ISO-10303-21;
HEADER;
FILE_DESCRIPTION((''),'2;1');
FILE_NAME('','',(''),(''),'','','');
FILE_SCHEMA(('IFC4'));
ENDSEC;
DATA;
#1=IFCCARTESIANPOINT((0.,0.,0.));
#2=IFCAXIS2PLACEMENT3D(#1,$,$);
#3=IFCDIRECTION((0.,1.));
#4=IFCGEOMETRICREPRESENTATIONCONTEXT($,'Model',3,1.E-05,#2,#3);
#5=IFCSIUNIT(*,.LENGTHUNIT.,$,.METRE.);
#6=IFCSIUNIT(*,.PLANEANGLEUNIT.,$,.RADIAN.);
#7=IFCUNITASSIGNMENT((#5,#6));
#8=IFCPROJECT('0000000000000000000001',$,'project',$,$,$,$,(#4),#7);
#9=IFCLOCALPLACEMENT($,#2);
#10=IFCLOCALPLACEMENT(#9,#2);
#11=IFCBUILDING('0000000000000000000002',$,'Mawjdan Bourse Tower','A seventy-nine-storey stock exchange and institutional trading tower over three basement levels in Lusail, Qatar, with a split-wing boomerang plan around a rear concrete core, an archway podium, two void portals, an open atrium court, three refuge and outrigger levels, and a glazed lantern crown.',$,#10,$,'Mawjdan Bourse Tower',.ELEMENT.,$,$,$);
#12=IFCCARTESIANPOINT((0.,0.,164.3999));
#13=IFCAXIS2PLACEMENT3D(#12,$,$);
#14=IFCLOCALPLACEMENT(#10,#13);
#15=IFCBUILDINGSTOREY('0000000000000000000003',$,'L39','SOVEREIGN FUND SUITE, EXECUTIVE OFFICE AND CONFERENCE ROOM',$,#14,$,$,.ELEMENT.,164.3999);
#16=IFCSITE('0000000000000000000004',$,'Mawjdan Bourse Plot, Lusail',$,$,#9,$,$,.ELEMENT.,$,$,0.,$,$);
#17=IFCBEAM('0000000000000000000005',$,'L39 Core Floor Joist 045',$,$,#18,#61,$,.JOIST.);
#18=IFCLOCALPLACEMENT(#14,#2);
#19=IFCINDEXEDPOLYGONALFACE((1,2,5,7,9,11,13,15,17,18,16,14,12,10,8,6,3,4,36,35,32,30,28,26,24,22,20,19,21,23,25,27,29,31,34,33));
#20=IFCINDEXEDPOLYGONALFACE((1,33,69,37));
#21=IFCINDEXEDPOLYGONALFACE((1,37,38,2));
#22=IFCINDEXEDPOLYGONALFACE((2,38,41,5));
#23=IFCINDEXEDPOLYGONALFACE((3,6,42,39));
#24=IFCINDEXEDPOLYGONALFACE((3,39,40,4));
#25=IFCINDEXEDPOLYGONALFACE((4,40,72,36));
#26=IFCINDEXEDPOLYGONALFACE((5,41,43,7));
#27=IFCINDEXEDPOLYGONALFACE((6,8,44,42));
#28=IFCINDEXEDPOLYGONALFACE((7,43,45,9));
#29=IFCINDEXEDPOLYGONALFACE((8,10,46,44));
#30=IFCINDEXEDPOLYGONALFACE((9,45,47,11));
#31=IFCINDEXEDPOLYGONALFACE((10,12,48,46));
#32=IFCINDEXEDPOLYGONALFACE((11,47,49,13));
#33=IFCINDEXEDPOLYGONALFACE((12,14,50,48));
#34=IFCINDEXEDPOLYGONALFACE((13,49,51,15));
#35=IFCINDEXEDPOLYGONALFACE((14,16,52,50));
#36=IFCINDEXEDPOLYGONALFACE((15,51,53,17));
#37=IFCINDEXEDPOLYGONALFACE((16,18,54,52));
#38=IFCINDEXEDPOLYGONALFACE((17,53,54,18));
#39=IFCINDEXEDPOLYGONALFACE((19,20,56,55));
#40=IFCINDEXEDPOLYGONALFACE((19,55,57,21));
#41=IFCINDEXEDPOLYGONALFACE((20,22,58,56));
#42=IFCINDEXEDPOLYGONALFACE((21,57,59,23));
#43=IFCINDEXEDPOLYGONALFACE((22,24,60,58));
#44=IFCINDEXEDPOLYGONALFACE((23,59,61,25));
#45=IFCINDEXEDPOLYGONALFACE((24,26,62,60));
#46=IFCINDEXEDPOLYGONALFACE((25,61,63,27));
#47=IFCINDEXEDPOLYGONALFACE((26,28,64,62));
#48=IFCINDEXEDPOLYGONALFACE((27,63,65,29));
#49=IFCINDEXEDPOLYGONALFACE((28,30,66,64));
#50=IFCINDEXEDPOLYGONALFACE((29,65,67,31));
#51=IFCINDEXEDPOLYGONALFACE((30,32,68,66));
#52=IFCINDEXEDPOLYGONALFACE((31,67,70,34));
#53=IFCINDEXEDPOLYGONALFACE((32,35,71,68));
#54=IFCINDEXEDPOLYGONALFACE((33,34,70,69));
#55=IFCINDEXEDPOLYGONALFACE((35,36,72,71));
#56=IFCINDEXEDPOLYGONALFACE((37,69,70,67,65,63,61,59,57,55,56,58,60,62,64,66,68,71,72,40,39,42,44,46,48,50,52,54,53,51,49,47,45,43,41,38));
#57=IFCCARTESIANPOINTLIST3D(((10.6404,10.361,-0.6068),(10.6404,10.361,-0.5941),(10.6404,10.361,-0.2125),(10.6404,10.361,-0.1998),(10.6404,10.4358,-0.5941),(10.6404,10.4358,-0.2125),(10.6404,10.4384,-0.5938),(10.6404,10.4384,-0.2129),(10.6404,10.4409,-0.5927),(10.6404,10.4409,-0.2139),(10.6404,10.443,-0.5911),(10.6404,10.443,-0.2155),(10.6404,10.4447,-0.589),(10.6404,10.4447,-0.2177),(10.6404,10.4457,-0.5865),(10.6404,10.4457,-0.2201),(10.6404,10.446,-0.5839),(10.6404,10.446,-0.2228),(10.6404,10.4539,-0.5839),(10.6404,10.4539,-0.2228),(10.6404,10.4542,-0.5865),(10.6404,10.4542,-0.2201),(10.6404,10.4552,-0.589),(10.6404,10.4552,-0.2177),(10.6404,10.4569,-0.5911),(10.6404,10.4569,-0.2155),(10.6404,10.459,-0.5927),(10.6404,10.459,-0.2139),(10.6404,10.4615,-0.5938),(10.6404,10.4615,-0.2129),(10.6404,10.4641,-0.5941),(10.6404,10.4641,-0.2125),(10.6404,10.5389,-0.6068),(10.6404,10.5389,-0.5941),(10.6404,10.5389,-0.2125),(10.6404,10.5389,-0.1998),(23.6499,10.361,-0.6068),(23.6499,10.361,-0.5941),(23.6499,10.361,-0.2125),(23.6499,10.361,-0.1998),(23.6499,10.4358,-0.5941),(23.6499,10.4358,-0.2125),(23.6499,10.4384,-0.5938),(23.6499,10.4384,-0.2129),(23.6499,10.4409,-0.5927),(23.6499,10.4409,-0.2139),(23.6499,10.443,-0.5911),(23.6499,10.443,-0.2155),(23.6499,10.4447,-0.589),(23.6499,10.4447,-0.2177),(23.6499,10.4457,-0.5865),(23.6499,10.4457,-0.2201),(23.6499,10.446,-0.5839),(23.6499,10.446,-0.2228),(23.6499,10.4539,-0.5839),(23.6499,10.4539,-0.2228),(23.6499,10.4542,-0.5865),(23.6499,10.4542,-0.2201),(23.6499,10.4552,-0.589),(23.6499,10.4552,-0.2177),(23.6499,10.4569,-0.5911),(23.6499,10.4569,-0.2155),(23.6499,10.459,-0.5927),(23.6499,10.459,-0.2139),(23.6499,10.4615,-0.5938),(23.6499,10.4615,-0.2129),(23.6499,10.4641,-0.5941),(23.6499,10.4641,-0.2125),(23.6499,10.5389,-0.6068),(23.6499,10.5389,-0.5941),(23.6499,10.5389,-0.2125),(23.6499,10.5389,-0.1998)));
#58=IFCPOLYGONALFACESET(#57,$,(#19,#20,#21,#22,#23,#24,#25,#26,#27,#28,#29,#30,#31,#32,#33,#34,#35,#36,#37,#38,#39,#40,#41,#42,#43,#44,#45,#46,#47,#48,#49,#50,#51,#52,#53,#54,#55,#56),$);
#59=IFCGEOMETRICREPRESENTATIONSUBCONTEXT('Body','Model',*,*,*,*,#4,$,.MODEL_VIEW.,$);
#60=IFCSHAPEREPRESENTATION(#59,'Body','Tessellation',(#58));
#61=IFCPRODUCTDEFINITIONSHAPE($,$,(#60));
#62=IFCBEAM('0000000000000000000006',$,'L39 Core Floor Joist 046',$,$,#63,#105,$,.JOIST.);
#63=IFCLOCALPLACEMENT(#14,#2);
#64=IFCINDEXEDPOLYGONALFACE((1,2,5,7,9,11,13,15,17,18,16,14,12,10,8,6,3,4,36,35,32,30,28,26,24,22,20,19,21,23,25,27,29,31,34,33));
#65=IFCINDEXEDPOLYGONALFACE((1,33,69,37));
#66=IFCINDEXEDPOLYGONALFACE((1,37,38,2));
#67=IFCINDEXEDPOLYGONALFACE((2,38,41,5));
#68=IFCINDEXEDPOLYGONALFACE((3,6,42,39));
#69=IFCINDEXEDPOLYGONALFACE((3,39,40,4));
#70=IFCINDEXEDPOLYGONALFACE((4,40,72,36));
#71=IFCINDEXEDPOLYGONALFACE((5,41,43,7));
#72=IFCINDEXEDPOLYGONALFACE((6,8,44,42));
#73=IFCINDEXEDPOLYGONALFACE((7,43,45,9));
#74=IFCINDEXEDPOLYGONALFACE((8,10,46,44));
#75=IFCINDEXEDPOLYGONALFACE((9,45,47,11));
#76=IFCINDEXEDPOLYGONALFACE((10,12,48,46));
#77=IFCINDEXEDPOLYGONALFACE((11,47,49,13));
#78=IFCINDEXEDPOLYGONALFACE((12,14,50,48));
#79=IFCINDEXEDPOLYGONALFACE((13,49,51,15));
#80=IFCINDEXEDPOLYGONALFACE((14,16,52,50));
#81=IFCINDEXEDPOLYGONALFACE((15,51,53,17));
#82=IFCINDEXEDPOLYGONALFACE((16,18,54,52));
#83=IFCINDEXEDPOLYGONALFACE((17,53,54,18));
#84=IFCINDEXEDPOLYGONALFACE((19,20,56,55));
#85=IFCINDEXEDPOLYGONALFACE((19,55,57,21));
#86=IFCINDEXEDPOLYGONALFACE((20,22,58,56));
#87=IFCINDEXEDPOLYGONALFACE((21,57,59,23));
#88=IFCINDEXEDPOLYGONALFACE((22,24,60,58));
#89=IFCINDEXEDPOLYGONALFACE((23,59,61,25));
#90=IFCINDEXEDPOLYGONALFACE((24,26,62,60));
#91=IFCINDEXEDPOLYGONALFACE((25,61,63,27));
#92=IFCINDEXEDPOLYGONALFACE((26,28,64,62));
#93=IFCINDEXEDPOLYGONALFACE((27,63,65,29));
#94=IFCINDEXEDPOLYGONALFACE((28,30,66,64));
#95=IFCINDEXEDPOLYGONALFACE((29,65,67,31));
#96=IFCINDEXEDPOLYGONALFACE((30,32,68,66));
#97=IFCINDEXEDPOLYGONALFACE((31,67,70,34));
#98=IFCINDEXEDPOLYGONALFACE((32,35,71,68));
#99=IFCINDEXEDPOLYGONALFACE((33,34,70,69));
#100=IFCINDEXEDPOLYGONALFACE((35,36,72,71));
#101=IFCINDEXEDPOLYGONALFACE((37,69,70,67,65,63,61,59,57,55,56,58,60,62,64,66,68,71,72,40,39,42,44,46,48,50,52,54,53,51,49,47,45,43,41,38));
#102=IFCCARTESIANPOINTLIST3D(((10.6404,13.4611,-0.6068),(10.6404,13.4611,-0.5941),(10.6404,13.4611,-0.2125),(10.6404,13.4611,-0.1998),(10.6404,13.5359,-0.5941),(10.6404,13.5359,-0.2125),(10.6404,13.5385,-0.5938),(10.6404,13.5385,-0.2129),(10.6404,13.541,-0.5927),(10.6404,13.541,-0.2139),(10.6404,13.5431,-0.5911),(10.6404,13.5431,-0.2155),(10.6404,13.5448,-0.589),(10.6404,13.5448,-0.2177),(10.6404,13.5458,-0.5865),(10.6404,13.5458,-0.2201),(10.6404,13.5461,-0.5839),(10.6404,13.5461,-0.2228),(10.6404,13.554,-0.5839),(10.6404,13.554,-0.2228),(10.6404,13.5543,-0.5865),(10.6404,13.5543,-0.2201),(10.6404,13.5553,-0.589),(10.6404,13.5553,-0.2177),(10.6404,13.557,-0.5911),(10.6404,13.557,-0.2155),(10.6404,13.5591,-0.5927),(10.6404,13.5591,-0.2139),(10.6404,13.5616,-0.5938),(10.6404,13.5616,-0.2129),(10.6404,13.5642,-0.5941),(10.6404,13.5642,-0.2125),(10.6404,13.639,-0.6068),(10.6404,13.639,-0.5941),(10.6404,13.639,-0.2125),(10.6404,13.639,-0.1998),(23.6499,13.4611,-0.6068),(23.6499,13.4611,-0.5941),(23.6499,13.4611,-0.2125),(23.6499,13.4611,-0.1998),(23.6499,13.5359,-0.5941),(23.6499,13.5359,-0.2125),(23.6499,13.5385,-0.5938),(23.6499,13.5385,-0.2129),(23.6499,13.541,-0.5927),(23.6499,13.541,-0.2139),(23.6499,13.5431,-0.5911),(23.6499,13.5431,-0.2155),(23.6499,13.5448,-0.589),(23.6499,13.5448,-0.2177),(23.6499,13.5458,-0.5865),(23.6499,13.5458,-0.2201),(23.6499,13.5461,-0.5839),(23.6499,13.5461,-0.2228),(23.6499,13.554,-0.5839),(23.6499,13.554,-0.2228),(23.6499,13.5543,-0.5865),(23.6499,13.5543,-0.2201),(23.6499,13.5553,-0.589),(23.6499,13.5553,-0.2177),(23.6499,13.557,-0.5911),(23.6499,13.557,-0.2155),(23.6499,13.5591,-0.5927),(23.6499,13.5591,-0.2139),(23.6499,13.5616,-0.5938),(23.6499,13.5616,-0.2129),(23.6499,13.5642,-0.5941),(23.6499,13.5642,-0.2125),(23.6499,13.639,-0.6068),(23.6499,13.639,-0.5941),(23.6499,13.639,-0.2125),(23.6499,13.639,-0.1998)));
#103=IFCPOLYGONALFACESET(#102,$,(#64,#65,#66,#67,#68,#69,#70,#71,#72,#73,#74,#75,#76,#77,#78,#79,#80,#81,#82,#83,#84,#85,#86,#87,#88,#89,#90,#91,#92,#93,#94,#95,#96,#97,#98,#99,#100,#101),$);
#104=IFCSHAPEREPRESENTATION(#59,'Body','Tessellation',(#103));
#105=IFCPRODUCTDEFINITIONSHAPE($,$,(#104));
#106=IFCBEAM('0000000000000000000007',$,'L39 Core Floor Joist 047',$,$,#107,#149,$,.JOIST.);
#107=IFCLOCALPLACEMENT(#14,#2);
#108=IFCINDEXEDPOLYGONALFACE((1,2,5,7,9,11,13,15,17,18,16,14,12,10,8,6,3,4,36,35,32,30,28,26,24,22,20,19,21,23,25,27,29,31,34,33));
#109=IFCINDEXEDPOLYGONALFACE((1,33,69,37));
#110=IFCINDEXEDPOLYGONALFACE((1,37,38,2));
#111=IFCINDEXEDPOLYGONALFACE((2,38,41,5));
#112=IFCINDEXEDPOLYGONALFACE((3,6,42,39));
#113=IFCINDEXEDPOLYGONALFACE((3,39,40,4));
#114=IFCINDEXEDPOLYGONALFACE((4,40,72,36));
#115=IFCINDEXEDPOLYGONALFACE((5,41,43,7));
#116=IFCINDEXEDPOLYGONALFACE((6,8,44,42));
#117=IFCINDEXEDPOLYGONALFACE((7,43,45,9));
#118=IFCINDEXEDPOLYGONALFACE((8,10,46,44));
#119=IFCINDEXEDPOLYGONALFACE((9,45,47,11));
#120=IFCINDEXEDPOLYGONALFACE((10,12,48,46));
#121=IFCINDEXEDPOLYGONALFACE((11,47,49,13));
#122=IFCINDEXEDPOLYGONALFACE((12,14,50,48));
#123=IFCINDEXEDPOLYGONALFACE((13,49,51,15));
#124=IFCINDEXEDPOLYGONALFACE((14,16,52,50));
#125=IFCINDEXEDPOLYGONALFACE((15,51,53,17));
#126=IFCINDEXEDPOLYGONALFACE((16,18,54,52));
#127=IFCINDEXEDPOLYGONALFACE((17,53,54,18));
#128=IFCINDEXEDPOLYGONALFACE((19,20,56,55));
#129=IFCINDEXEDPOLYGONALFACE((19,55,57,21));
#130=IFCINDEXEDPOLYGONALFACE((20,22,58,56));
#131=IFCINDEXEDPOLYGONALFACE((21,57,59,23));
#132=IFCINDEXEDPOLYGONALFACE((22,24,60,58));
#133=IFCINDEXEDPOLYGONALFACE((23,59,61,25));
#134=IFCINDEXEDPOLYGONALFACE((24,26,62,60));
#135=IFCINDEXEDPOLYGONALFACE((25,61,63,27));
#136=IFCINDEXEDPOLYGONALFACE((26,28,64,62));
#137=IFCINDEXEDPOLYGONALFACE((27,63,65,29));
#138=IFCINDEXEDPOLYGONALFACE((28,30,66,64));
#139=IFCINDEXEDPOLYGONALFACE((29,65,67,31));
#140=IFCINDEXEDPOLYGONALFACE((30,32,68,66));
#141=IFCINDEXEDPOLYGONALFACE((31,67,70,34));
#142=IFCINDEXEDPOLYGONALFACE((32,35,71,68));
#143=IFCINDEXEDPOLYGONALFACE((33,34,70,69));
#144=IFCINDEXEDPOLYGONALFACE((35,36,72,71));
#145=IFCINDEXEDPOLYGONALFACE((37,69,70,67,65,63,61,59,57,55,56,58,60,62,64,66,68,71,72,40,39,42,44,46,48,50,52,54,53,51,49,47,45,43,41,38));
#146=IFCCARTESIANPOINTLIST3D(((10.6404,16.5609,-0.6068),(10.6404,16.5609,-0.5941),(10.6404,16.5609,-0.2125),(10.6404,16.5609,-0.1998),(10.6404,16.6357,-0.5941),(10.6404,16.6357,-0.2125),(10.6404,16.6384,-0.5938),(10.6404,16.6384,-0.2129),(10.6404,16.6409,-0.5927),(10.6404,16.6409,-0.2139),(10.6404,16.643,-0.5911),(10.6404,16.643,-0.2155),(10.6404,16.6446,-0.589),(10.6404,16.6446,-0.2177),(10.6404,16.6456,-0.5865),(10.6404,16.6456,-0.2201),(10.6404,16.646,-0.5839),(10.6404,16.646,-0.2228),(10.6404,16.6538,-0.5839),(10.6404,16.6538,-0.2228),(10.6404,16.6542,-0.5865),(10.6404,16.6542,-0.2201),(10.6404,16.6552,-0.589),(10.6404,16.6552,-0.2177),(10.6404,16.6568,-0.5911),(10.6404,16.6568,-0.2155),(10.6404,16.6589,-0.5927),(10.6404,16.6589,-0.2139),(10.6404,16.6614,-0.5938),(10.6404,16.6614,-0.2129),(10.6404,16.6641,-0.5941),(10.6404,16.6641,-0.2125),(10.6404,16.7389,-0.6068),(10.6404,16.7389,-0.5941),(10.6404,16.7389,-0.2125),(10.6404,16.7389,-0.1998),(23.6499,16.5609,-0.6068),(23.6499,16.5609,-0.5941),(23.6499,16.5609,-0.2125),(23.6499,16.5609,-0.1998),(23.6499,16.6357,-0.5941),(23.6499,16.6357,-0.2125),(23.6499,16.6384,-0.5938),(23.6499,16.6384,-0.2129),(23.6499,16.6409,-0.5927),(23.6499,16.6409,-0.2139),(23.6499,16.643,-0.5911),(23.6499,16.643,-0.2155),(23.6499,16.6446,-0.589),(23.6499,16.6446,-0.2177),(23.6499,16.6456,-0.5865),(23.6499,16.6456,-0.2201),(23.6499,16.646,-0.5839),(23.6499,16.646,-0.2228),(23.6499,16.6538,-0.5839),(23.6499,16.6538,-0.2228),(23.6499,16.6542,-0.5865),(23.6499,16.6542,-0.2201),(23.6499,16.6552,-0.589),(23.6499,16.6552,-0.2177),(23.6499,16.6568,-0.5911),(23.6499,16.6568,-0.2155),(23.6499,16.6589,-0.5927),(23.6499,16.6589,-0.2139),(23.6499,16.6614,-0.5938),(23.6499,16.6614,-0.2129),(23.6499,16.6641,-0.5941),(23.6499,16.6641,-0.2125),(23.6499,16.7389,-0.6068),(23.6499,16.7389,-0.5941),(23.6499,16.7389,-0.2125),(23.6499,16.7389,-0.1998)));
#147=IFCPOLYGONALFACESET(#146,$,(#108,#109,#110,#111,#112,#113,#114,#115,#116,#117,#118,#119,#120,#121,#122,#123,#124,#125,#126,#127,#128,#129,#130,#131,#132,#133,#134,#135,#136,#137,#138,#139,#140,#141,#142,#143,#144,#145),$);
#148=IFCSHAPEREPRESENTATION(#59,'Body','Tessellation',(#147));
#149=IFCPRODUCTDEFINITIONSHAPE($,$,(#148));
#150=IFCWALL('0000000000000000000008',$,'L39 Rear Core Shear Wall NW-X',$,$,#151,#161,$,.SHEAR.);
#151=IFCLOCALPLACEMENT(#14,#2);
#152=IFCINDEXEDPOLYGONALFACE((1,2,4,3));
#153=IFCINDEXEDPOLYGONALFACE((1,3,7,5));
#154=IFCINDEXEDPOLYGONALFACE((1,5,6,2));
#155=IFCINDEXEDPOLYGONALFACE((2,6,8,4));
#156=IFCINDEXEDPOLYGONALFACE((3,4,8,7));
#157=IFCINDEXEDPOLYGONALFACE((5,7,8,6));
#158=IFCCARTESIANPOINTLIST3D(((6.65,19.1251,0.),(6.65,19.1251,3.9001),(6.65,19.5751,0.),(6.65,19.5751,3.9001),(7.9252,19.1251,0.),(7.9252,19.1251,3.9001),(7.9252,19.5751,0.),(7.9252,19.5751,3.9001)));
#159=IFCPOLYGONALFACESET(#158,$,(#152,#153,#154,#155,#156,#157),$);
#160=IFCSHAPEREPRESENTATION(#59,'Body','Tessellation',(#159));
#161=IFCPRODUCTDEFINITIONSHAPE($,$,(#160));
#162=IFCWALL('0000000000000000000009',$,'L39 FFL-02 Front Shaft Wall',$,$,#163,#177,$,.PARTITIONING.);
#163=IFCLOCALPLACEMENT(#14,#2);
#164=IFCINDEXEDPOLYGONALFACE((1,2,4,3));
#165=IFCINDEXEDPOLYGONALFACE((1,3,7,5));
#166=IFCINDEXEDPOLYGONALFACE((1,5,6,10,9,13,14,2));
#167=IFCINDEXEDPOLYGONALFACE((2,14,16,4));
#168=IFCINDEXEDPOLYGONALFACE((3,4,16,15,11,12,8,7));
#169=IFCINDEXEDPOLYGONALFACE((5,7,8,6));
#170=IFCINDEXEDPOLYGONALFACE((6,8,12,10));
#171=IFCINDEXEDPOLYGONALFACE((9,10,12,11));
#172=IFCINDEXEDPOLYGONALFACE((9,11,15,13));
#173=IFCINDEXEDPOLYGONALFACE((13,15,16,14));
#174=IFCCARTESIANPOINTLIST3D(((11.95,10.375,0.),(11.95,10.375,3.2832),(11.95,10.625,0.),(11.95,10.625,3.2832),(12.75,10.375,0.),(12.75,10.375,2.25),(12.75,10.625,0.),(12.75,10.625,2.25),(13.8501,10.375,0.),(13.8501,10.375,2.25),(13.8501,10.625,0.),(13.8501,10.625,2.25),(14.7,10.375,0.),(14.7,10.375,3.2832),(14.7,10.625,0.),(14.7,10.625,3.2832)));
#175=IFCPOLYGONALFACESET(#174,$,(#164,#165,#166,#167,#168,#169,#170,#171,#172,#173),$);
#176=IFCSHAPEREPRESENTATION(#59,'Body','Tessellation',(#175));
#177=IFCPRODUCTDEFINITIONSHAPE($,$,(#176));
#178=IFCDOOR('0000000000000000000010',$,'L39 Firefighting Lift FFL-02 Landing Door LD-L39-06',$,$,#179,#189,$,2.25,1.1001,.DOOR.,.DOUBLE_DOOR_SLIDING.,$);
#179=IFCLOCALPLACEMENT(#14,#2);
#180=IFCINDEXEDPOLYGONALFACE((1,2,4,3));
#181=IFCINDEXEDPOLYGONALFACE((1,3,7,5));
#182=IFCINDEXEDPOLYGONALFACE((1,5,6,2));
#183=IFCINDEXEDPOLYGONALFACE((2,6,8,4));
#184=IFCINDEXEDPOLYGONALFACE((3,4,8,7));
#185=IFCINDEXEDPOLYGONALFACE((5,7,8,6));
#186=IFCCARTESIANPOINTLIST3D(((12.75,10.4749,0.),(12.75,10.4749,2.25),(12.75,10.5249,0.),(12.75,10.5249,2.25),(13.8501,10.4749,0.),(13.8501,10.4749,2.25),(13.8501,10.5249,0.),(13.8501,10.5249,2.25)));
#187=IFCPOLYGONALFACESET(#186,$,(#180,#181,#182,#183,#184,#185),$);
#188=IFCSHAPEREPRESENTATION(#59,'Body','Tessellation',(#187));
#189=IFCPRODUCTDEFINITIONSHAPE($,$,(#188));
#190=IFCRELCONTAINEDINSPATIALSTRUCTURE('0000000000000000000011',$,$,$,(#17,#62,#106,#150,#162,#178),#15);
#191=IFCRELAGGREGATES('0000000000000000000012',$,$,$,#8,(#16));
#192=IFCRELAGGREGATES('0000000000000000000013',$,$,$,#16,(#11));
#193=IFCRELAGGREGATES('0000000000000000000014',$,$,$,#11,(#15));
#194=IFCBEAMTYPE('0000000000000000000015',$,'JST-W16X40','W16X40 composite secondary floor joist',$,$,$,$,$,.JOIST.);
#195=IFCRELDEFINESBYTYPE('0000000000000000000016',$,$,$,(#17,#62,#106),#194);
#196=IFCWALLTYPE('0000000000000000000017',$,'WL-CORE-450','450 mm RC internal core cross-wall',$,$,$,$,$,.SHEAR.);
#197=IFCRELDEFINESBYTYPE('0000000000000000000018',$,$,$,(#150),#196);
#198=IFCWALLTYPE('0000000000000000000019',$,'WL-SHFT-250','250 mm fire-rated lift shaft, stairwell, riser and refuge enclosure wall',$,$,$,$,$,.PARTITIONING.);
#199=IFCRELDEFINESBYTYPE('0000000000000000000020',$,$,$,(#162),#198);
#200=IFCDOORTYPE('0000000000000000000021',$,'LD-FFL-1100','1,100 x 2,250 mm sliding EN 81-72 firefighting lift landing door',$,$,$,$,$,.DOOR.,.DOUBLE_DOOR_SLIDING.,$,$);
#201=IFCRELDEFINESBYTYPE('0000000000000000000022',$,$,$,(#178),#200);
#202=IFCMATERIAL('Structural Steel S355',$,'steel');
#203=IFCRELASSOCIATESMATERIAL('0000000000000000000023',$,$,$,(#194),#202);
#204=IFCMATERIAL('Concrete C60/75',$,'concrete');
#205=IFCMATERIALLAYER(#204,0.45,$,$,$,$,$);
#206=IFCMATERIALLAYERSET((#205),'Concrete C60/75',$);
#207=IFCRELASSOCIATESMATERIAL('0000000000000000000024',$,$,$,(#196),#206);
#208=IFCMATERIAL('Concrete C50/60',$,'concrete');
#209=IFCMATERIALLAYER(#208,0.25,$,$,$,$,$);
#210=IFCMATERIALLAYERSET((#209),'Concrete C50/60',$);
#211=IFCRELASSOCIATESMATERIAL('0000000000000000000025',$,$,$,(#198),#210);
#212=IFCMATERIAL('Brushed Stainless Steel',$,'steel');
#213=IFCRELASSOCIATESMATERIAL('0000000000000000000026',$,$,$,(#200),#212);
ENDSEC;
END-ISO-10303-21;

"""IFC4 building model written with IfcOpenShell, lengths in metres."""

from ifc_helpers import new_model, si_unit, direction, frame, frame_2d, origin, origin_2d, place, context, subcontext, project, spatial, rectangle, i_section, extrude, material, layer, layer_set, material_profile, profile_set, type_object, element, fill, save


model = new_model("IFC4")

# Units and contexts
model_context = context("Model", 3, precision=1e-05, world=origin(), true_north=direction((0.0, 1.0)))
body_context = subcontext(model_context, "Body", "Model", "MODEL_VIEW")
ifc_project = project(units=[si_unit("LENGTHUNIT", "METRE"), si_unit("PLANEANGLEUNIT", "RADIAN")], contexts=[model_context])

# Site, building, storey
site_placement = place(None, origin())
site = spatial("IfcSite", under=ifc_project, at=site_placement, Name="Mawjdan Bourse Plot, Lusail", CompositionType="ELEMENT", RefElevation=0.0)
building_placement = place(site_placement, origin())
building = spatial("IfcBuilding", under=site, at=building_placement, Name="Mawjdan Bourse Tower", Description="A seventy-nine-storey stock exchange and institutional trading tower over three basement levels in Lusail, Qatar, with a split-wing boomerang plan around a rear concrete core, an archway podium, two void portals, an open atrium court, three refuge and outrigger levels, and a glazed lantern crown.", LongName="Mawjdan Bourse Tower", CompositionType="ELEMENT")
storey_placement = place(building_placement, frame((0.0, 0.0, 164.3999)))
storey = spatial("IfcBuildingStorey", under=building, at=storey_placement, Name="L39", Description="SOVEREIGN FUND SUITE, EXECUTIVE OFFICE AND CONFERENCE ROOM", CompositionType="ELEMENT", Elevation=164.3999)

# Beams
ifc_material_1 = material(Name="Structural Steel S355", Category="steel")
ifc_material_profile = material_profile(ifc_material_1, i_section(OverallWidth=0.178, OverallDepth=0.407, WebThickness=0.0078, FlangeThickness=0.0127, FilletRadius=0.0103, at=origin_2d()), Name="W16X40")
ifc_profile_set = profile_set([ifc_material_profile], Name="Structural Steel S355")
beam_type = type_object("IfcBeamType", Name="JST-W16X40", Description="W16X40 composite secondary floor joist", PredefinedType="JOIST", material=ifc_profile_set)
for number, where, z_axis, x_axis, name in (
    (1, (10.6404, 10.45, -0.4033), (1.0, 0.0, 0.0), (0.0, 1.0, 0.0), "L39 Core Floor Joist 045"),
    (2, (10.6404, 13.55, -0.4033), (1.0, 0.0, 0.0), (0.0, 1.0, 0.0), "L39 Core Floor Joist 046"),
    (3, (10.6404, 16.6499, -0.4033), (1.0, 0.0, 0.0), (0.0, 1.0, 0.0), "L39 Core Floor Joist 047"),
):
    element("IfcBeam", number, at=place(storey_placement, frame(where, z_axis=z_axis, x_axis=x_axis)), inside=storey, type_object=beam_type, Name=name, PredefinedType="JOIST", context=body_context, shape_type="SweptSolid", body=[
        extrude(i_section(OverallWidth=0.178, OverallDepth=0.407, WebThickness=0.0078, FlangeThickness=0.0127, FilletRadius=0.0103, at=origin_2d()), origin(), (0.0, 0.0, 1.0), 13.0095),
    ])

# Wall
ifc_material_2 = material(Name="Concrete C60/75", Category="concrete")
ifc_layer_1 = layer(ifc_material_2, 0.45)
ifc_layer_set_1 = layer_set([ifc_layer_1], Name="Concrete C60/75")
wall_type_1 = type_object("IfcWallType", Name="WL-CORE-450", Description="450 mm RC internal core cross-wall", PredefinedType="SHEAR", material=ifc_layer_set_1)
wall_1_placement = place(storey_placement, frame((6.6499, 19.3501, 0.0), z_axis=(0.0, 0.0, 1.0), x_axis=(1.0, 0.0, 0.0)))
element("IfcWall", 4, at=wall_1_placement, inside=storey, type_object=wall_type_1, Name="L39 Rear Core Shear Wall NW-X", PredefinedType="SHEAR", context=body_context, shape_type="SweptSolid", body=[
    extrude(rectangle(XDim=1.2751, YDim=0.45, at=frame_2d((0.6377, 0.0))), origin(), (0.0, 0.0, 1.0), 3.9001),
])

# Wall, opening, door
ifc_material_3 = material(Name="Concrete C50/60", Category="concrete")
ifc_layer_2 = layer(ifc_material_3, 0.25)
ifc_layer_set_2 = layer_set([ifc_layer_2], Name="Concrete C50/60")
wall_type_2 = type_object("IfcWallType", Name="WL-SHFT-250", Description="250 mm fire-rated lift shaft, stairwell, riser and refuge enclosure wall", PredefinedType="PARTITIONING", material=ifc_layer_set_2)
wall_2_placement = place(storey_placement, frame((11.95, 10.5, 0.0), z_axis=(0.0, 0.0, 1.0), x_axis=(1.0, 0.0, 0.0)))
wall_2 = element("IfcWall", 5, at=wall_2_placement, inside=storey, type_object=wall_type_2, Name="L39 FFL-02 Front Shaft Wall", PredefinedType="PARTITIONING", context=body_context, shape_type="SweptSolid", body=[
    extrude(rectangle(XDim=2.75, YDim=0.25, at=frame_2d((1.375, 0.0))), origin(), (0.0, 0.0, 1.0), 3.2832),
])
opening_1_placement = place(wall_2_placement, frame((0.8, 0.0, 0.0)))
opening_1 = element("IfcOpeningElement", 6, at=opening_1_placement, cuts=wall_2, PredefinedType="OPENING", context=body_context, shape_type="SweptSolid", body=[
    extrude(rectangle(XDim=1.1001, YDim=2.25, at=frame_2d((0.55, 1.125))), frame((0.0, 0.135, 0.0), z_axis=(0.0, -1.0, 0.0), x_axis=(1.0, 0.0, 0.0)), (0.0, 0.0, 1.0), 0.27),
])
ifc_material_4 = material(Name="Brushed Stainless Steel", Category="steel")
door_type_1 = type_object("IfcDoorType", Name="LD-FFL-1100", Description="1,100 x 2,250 mm sliding EN 81-72 firefighting lift landing door", OperationType="DOUBLE_DOOR_SLIDING", PredefinedType="DOOR", material=ifc_material_4)
door_1_placement = place(opening_1_placement, origin())
door_1 = element("IfcDoor", 7, at=door_1_placement, inside=storey, type_object=door_type_1, Name="L39 Firefighting Lift FFL-02 Landing Door LD-L39-06", OperationType="DOUBLE_DOOR_SLIDING", OverallHeight=2.25, OverallWidth=1.1001, PredefinedType="DOOR", context=body_context, shape_type="SweptSolid", body=[
    extrude(rectangle(XDim=1.1001, YDim=2.25, at=frame_2d((0.55, 1.125))), frame((0.0, 0.0249, 0.0), z_axis=(0.0, -1.0, 0.0), x_axis=(1.0, 0.0, 0.0)), (0.0, 0.0, 1.0), 0.05),
])
fill(opening_1, door_1)

save(model, "model.ifc")
